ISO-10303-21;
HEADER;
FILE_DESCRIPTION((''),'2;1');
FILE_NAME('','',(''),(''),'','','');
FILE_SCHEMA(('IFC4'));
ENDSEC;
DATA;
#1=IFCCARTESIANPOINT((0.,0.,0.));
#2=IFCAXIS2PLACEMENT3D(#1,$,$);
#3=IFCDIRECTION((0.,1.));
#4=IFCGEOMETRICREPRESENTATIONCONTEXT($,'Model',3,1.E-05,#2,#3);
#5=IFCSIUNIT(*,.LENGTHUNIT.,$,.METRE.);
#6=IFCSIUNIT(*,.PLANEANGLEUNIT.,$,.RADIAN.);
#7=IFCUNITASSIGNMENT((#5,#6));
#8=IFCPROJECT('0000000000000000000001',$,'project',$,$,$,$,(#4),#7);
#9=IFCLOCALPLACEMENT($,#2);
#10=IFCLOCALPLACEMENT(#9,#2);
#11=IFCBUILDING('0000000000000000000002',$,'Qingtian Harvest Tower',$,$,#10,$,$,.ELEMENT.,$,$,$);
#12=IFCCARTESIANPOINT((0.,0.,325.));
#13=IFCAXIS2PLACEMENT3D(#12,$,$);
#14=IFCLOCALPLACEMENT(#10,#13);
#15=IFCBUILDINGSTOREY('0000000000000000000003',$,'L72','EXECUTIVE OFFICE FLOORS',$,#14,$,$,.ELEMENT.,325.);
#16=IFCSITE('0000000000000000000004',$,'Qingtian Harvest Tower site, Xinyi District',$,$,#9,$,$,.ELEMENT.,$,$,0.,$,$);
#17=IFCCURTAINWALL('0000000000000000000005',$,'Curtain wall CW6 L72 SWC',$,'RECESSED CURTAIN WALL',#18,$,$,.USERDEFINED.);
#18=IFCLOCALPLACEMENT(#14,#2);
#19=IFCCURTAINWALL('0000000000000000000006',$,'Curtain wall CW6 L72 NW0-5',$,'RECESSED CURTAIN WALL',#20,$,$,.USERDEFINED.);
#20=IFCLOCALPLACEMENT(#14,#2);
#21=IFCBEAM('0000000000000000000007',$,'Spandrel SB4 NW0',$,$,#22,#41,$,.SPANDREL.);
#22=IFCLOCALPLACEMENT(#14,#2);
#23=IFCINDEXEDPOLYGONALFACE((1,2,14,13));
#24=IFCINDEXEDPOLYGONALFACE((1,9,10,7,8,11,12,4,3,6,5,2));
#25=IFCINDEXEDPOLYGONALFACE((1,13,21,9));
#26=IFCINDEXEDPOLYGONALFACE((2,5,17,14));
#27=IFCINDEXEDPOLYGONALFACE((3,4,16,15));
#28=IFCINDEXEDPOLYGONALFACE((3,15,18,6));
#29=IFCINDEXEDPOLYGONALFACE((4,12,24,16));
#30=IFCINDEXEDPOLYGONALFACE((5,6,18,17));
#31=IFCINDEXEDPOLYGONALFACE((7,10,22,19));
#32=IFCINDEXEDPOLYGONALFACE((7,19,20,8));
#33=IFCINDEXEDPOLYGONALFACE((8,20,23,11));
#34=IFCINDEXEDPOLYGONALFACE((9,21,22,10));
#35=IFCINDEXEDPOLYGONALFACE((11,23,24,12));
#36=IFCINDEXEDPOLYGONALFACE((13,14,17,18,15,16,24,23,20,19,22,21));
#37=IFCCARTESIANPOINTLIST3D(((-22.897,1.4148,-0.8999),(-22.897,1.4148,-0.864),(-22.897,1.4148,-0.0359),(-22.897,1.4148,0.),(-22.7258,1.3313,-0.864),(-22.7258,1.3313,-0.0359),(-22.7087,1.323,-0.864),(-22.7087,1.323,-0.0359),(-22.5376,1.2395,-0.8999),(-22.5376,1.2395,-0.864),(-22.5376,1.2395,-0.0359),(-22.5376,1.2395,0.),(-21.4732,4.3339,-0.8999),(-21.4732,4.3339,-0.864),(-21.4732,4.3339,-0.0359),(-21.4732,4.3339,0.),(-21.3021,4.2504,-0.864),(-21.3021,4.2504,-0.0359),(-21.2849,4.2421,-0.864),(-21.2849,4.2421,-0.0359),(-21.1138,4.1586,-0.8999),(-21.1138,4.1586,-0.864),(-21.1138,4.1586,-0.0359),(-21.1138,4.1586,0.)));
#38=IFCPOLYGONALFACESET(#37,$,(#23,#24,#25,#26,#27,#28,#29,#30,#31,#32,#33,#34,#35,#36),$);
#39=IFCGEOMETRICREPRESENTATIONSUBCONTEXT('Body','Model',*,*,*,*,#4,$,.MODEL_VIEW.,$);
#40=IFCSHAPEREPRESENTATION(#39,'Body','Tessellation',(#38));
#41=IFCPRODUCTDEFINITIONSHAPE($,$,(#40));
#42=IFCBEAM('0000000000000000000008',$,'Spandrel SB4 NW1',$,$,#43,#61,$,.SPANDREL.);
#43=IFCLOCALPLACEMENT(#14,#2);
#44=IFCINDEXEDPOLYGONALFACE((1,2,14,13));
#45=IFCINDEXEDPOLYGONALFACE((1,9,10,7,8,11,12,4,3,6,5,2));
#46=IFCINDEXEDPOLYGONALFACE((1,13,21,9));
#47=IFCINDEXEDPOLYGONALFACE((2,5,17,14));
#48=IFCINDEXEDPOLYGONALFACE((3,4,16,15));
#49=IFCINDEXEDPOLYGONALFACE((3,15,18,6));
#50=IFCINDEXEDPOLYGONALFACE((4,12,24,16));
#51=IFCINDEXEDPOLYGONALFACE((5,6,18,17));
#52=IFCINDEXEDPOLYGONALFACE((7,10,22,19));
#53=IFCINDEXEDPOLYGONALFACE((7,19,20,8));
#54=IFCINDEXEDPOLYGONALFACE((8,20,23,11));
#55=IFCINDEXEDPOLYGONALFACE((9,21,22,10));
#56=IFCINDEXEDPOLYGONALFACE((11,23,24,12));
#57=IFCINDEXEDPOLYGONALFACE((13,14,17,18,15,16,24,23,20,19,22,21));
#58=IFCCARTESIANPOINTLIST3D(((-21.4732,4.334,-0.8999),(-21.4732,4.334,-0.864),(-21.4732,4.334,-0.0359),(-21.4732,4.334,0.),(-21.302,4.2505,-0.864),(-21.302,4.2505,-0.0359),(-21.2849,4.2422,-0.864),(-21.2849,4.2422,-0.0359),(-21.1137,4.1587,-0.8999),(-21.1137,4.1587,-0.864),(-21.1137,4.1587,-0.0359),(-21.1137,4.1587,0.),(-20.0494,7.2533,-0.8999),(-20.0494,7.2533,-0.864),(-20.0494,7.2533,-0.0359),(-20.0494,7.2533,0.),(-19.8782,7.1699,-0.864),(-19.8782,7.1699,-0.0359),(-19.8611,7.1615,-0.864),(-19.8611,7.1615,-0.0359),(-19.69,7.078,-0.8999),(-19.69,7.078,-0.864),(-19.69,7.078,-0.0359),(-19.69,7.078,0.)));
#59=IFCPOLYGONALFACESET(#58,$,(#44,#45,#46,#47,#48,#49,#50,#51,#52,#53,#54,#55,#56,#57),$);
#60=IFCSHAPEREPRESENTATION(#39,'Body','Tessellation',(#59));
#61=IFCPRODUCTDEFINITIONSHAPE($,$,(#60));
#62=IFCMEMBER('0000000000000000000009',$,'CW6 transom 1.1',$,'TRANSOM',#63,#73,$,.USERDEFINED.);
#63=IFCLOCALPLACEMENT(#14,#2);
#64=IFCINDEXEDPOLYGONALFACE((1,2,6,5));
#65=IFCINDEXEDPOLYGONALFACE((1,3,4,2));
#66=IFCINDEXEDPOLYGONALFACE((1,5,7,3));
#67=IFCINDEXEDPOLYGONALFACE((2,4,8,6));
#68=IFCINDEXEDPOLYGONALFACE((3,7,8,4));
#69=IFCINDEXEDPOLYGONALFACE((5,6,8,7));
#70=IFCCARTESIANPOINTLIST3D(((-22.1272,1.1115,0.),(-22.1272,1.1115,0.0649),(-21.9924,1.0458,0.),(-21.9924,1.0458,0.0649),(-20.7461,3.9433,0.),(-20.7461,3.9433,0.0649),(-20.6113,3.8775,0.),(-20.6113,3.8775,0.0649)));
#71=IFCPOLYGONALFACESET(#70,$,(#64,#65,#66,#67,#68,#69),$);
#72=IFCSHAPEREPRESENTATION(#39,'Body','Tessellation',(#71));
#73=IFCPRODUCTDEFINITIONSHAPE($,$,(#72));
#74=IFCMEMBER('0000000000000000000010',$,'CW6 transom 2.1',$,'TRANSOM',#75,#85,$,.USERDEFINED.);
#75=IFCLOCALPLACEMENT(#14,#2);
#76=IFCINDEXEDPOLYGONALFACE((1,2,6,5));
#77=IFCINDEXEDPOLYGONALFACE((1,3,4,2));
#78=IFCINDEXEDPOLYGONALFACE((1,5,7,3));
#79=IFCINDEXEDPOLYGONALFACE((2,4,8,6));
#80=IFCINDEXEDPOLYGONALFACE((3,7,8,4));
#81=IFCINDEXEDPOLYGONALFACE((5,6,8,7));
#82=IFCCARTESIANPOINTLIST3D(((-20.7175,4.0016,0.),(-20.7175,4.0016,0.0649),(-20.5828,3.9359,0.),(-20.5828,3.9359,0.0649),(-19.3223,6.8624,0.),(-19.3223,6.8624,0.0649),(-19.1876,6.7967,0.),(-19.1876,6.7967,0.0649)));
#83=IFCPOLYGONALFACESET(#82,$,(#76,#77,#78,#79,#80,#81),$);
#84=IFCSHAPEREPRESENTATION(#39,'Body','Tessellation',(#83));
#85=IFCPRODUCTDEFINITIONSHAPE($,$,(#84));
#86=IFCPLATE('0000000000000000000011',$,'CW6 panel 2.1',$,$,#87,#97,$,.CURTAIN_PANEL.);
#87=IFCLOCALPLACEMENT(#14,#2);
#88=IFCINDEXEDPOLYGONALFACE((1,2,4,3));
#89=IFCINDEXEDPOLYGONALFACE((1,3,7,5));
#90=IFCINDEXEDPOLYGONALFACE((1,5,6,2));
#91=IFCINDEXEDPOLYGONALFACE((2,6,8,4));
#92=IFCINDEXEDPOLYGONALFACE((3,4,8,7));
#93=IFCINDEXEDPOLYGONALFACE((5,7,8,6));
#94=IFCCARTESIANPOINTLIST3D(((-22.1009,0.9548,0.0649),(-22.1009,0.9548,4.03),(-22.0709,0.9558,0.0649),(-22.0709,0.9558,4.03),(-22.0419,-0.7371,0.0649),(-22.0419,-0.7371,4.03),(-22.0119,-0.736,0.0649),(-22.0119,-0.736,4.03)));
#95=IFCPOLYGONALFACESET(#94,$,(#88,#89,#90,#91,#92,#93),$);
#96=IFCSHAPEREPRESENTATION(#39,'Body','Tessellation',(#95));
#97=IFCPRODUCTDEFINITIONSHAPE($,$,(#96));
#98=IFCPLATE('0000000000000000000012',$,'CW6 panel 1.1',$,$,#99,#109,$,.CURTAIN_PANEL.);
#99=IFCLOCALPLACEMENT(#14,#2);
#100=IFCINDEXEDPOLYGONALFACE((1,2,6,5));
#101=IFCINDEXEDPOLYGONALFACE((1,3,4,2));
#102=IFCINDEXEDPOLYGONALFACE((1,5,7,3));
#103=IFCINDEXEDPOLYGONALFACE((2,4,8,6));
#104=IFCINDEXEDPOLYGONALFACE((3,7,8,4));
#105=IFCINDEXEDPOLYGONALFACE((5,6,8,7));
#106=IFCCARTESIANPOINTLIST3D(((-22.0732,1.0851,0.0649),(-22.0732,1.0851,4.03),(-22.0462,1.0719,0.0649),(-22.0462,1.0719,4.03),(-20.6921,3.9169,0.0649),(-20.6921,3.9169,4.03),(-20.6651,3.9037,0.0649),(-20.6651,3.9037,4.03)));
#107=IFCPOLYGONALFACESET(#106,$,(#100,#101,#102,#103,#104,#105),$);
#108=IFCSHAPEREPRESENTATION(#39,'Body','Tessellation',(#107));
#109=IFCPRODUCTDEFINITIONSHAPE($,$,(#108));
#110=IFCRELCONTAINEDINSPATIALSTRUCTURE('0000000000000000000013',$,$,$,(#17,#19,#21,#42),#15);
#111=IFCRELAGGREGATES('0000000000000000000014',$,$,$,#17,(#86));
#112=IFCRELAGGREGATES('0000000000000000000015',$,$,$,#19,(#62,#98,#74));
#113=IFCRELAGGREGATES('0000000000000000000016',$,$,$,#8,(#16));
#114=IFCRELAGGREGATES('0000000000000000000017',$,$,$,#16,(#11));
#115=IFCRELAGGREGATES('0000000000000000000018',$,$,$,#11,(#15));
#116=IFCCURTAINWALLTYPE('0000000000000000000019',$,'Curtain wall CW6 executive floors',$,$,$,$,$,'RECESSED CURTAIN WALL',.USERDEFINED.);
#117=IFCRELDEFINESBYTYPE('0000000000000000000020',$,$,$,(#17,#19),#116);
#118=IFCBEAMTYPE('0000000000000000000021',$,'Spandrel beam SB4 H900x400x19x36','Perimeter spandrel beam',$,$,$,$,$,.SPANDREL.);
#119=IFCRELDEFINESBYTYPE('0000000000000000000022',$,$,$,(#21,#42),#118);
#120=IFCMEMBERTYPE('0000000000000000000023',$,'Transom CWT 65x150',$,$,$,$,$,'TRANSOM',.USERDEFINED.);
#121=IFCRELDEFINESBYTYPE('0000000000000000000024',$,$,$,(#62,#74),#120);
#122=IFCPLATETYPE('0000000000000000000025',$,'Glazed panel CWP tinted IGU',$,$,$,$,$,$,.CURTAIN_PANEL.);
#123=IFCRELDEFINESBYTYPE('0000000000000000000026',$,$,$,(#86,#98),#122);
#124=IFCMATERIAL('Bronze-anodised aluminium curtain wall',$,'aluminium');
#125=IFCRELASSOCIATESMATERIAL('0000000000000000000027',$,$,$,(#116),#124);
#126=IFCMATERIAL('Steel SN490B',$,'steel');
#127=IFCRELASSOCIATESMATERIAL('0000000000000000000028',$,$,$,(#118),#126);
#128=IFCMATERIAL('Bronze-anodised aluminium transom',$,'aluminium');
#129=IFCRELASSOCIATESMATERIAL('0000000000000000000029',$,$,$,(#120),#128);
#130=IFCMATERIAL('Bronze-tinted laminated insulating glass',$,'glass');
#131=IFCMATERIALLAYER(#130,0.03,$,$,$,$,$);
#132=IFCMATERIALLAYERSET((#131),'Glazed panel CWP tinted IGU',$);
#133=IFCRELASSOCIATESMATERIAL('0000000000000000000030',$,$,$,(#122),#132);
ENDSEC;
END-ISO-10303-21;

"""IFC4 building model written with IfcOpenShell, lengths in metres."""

from ifc_helpers import new_model, si_unit, direction, frame, origin, origin_2d, place, context, subcontext, project, spatial, rectangle, i_section, extrude, material, layer, layer_set, material_profile, profile_set, type_object, element, aggregate, save


model = new_model("IFC4")

# Units and contexts
model_context = context("Model", 3, precision=1e-05, world=origin(), true_north=direction((0.0, 1.0)))
body_context = subcontext(model_context, "Body", "Model", "MODEL_VIEW")
ifc_project = project(units=[si_unit("LENGTHUNIT", "METRE"), si_unit("PLANEANGLEUNIT", "RADIAN")], contexts=[model_context])

# Site, building, storey
site_placement = place(None, origin())
site = spatial("IfcSite", under=ifc_project, at=site_placement, Name="Qingtian Harvest Tower site, Xinyi District", CompositionType="ELEMENT", RefElevation=0.0)
building_placement = place(site_placement, origin())
building = spatial("IfcBuilding", under=site, at=building_placement, Name="Qingtian Harvest Tower", CompositionType="ELEMENT")
storey_placement = place(building_placement, frame((0.0, 0.0, 325.0)))
storey = spatial("IfcBuildingStorey", under=building, at=storey_placement, Name="L72", Description="EXECUTIVE OFFICE FLOORS", CompositionType="ELEMENT", Elevation=325.0)

# Curtain wall
ifc_material_1 = material(Name="Bronze-anodised aluminium curtain wall", Category="aluminium")
curtain_wall_type = type_object("IfcCurtainWallType", Name="Curtain wall CW6 executive floors", ElementType="RECESSED CURTAIN WALL", PredefinedType="USERDEFINED", material=ifc_material_1)
curtain_wall_1_placement = place(storey_placement, origin())
curtain_wall_1 = element("IfcCurtainWall", 1, at=curtain_wall_1_placement, inside=storey, type_object=curtain_wall_type, Name="Curtain wall CW6 L72 SWC", ObjectType="RECESSED CURTAIN WALL", PredefinedType="USERDEFINED")

# Curtain wall
curtain_wall_2_placement = place(storey_placement, origin())
curtain_wall_2 = element("IfcCurtainWall", 2, at=curtain_wall_2_placement, inside=storey, type_object=curtain_wall_type, Name="Curtain wall CW6 L72 NW0-5", ObjectType="RECESSED CURTAIN WALL", PredefinedType="USERDEFINED")

# Beams
ifc_material_2 = material(Name="Steel SN490B", Category="steel")
ifc_material_profile_1 = material_profile(ifc_material_2, i_section(OverallWidth=0.3999, OverallDepth=0.8999, WebThickness=0.019, FlangeThickness=0.0359, at=origin_2d()), Name="H900x400x19x36")
ifc_profile_set_1 = profile_set([ifc_material_profile_1], Name="Steel SN490B")
beam_type_1 = type_object("IfcBeamType", Name="Spandrel beam SB4 H900x400x19x36", Description="Perimeter spandrel beam", PredefinedType="SPANDREL", material=ifc_profile_set_1)
beam_1_placement = place(storey_placement, frame((-22.7173, 1.3271, -0.45), z_axis=(0.438382, 0.898789, 0.0), x_axis=(-0.898789, 0.438382, 0.0)))
element("IfcBeam", 3, at=beam_1_placement, inside=storey, type_object=beam_type_1, Name="Spandrel SB4 NW0", PredefinedType="SPANDREL", context=body_context, shape_type="SweptSolid", body=[
    extrude(i_section(OverallWidth=0.3999, OverallDepth=0.8999, WebThickness=0.019, FlangeThickness=0.0359, at=origin_2d()), origin(), (0.0, 0.0, 1.0), 3.2478),
])
beam_2_placement = place(storey_placement, frame((-21.2935, 4.2463, -0.45), z_axis=(0.438353, 0.898803, 0.0), x_axis=(-0.898803, 0.438353, 0.0)))
element("IfcBeam", 4, at=beam_2_placement, inside=storey, type_object=beam_type_1, Name="Spandrel SB4 NW1", PredefinedType="SPANDREL", context=body_context, shape_type="SweptSolid", body=[
    extrude(i_section(OverallWidth=0.3999, OverallDepth=0.8999, WebThickness=0.019, FlangeThickness=0.0359, at=origin_2d()), origin(), (0.0, 0.0, 1.0), 3.248),
])

# Members
ifc_material_3 = material(Name="Bronze-anodised aluminium transom", Category="aluminium")
ifc_material_profile_2 = material_profile(ifc_material_3, rectangle(XDim=0.1499, YDim=0.0649, at=origin_2d()), Name="AL 65x150")
ifc_profile_set_2 = profile_set([ifc_material_profile_2], Name="Bronze-anodised aluminium transom")
member_type_1 = type_object("IfcMemberType", Name="Transom CWT 65x150", ElementType="TRANSOM", PredefinedType="USERDEFINED", material=ifc_profile_set_2)
member_1_placement = place(storey_placement, frame((-22.0598, 1.0786, 0.0325), z_axis=(0.438358, 0.8988, 0.0), x_axis=(-0.8988, 0.438358, 0.0)))
member_1 = element("IfcMember", 5, at=member_1_placement, type_object=member_type_1, Name="CW6 transom 1.1", ObjectType="TRANSOM", PredefinedType="USERDEFINED", context=body_context, shape_type="SweptSolid", body=[
    extrude(rectangle(XDim=0.1499, YDim=0.0649, at=origin_2d()), origin(), (0.0, 0.0, 1.0), 3.1506),
])
member_2_placement = place(storey_placement, frame((-20.6501, 3.9688, 0.0325), z_axis=(0.438356, 0.898802, 0.0), x_axis=(-0.898802, 0.438356, 0.0)))
member_2 = element("IfcMember", 6, at=member_2_placement, type_object=member_type_1, Name="CW6 transom 2.1", ObjectType="TRANSOM", PredefinedType="USERDEFINED", context=body_context, shape_type="SweptSolid", body=[
    extrude(rectangle(XDim=0.1499, YDim=0.0649, at=origin_2d()), origin(), (0.0, 0.0, 1.0), 3.1829),
])

# Plates
ifc_material_4 = material(Name="Bronze-tinted laminated insulating glass", Category="glass")
ifc_layer = layer(ifc_material_4, 0.03)
ifc_layer_set = layer_set([ifc_layer], Name="Glazed panel CWP tinted IGU")
plate_type = type_object("IfcPlateType", Name="Glazed panel CWP tinted IGU", PredefinedType="CURTAIN_PANEL", material=ifc_layer_set)
plate_1_placement = place(storey_placement, frame((-22.0564, 0.1094, 0.0649), z_axis=(0.0, 0.0, 1.0), x_axis=(-0.034899, 0.999391, 0.0)))
plate_1 = element("IfcPlate", 7, at=plate_1_placement, type_object=plate_type, Name="CW6 panel 2.1", PredefinedType="CURTAIN_PANEL", context=body_context, shape_type="SweptSolid", body=[
    extrude(rectangle(XDim=1.6929, YDim=0.03, at=origin_2d()), origin(), (0.0, 0.0, 1.0), 3.9651),
])
aggregate(curtain_wall_1, [plate_1])
plate_2_placement = place(storey_placement, frame((-21.3691, 2.4944, 0.0649), z_axis=(0.0, 0.0, 1.0), x_axis=(0.438371, 0.898794, 0.0)))
plate_2 = element("IfcPlate", 8, at=plate_2_placement, type_object=plate_type, Name="CW6 panel 1.1", PredefinedType="CURTAIN_PANEL", context=body_context, shape_type="SweptSolid", body=[
    extrude(rectangle(XDim=3.1506, YDim=0.03, at=origin_2d()), origin(), (0.0, 0.0, 1.0), 3.9651),
])
aggregate(curtain_wall_2, [member_1, plate_2, member_2])

save(model, "model.ifc")
